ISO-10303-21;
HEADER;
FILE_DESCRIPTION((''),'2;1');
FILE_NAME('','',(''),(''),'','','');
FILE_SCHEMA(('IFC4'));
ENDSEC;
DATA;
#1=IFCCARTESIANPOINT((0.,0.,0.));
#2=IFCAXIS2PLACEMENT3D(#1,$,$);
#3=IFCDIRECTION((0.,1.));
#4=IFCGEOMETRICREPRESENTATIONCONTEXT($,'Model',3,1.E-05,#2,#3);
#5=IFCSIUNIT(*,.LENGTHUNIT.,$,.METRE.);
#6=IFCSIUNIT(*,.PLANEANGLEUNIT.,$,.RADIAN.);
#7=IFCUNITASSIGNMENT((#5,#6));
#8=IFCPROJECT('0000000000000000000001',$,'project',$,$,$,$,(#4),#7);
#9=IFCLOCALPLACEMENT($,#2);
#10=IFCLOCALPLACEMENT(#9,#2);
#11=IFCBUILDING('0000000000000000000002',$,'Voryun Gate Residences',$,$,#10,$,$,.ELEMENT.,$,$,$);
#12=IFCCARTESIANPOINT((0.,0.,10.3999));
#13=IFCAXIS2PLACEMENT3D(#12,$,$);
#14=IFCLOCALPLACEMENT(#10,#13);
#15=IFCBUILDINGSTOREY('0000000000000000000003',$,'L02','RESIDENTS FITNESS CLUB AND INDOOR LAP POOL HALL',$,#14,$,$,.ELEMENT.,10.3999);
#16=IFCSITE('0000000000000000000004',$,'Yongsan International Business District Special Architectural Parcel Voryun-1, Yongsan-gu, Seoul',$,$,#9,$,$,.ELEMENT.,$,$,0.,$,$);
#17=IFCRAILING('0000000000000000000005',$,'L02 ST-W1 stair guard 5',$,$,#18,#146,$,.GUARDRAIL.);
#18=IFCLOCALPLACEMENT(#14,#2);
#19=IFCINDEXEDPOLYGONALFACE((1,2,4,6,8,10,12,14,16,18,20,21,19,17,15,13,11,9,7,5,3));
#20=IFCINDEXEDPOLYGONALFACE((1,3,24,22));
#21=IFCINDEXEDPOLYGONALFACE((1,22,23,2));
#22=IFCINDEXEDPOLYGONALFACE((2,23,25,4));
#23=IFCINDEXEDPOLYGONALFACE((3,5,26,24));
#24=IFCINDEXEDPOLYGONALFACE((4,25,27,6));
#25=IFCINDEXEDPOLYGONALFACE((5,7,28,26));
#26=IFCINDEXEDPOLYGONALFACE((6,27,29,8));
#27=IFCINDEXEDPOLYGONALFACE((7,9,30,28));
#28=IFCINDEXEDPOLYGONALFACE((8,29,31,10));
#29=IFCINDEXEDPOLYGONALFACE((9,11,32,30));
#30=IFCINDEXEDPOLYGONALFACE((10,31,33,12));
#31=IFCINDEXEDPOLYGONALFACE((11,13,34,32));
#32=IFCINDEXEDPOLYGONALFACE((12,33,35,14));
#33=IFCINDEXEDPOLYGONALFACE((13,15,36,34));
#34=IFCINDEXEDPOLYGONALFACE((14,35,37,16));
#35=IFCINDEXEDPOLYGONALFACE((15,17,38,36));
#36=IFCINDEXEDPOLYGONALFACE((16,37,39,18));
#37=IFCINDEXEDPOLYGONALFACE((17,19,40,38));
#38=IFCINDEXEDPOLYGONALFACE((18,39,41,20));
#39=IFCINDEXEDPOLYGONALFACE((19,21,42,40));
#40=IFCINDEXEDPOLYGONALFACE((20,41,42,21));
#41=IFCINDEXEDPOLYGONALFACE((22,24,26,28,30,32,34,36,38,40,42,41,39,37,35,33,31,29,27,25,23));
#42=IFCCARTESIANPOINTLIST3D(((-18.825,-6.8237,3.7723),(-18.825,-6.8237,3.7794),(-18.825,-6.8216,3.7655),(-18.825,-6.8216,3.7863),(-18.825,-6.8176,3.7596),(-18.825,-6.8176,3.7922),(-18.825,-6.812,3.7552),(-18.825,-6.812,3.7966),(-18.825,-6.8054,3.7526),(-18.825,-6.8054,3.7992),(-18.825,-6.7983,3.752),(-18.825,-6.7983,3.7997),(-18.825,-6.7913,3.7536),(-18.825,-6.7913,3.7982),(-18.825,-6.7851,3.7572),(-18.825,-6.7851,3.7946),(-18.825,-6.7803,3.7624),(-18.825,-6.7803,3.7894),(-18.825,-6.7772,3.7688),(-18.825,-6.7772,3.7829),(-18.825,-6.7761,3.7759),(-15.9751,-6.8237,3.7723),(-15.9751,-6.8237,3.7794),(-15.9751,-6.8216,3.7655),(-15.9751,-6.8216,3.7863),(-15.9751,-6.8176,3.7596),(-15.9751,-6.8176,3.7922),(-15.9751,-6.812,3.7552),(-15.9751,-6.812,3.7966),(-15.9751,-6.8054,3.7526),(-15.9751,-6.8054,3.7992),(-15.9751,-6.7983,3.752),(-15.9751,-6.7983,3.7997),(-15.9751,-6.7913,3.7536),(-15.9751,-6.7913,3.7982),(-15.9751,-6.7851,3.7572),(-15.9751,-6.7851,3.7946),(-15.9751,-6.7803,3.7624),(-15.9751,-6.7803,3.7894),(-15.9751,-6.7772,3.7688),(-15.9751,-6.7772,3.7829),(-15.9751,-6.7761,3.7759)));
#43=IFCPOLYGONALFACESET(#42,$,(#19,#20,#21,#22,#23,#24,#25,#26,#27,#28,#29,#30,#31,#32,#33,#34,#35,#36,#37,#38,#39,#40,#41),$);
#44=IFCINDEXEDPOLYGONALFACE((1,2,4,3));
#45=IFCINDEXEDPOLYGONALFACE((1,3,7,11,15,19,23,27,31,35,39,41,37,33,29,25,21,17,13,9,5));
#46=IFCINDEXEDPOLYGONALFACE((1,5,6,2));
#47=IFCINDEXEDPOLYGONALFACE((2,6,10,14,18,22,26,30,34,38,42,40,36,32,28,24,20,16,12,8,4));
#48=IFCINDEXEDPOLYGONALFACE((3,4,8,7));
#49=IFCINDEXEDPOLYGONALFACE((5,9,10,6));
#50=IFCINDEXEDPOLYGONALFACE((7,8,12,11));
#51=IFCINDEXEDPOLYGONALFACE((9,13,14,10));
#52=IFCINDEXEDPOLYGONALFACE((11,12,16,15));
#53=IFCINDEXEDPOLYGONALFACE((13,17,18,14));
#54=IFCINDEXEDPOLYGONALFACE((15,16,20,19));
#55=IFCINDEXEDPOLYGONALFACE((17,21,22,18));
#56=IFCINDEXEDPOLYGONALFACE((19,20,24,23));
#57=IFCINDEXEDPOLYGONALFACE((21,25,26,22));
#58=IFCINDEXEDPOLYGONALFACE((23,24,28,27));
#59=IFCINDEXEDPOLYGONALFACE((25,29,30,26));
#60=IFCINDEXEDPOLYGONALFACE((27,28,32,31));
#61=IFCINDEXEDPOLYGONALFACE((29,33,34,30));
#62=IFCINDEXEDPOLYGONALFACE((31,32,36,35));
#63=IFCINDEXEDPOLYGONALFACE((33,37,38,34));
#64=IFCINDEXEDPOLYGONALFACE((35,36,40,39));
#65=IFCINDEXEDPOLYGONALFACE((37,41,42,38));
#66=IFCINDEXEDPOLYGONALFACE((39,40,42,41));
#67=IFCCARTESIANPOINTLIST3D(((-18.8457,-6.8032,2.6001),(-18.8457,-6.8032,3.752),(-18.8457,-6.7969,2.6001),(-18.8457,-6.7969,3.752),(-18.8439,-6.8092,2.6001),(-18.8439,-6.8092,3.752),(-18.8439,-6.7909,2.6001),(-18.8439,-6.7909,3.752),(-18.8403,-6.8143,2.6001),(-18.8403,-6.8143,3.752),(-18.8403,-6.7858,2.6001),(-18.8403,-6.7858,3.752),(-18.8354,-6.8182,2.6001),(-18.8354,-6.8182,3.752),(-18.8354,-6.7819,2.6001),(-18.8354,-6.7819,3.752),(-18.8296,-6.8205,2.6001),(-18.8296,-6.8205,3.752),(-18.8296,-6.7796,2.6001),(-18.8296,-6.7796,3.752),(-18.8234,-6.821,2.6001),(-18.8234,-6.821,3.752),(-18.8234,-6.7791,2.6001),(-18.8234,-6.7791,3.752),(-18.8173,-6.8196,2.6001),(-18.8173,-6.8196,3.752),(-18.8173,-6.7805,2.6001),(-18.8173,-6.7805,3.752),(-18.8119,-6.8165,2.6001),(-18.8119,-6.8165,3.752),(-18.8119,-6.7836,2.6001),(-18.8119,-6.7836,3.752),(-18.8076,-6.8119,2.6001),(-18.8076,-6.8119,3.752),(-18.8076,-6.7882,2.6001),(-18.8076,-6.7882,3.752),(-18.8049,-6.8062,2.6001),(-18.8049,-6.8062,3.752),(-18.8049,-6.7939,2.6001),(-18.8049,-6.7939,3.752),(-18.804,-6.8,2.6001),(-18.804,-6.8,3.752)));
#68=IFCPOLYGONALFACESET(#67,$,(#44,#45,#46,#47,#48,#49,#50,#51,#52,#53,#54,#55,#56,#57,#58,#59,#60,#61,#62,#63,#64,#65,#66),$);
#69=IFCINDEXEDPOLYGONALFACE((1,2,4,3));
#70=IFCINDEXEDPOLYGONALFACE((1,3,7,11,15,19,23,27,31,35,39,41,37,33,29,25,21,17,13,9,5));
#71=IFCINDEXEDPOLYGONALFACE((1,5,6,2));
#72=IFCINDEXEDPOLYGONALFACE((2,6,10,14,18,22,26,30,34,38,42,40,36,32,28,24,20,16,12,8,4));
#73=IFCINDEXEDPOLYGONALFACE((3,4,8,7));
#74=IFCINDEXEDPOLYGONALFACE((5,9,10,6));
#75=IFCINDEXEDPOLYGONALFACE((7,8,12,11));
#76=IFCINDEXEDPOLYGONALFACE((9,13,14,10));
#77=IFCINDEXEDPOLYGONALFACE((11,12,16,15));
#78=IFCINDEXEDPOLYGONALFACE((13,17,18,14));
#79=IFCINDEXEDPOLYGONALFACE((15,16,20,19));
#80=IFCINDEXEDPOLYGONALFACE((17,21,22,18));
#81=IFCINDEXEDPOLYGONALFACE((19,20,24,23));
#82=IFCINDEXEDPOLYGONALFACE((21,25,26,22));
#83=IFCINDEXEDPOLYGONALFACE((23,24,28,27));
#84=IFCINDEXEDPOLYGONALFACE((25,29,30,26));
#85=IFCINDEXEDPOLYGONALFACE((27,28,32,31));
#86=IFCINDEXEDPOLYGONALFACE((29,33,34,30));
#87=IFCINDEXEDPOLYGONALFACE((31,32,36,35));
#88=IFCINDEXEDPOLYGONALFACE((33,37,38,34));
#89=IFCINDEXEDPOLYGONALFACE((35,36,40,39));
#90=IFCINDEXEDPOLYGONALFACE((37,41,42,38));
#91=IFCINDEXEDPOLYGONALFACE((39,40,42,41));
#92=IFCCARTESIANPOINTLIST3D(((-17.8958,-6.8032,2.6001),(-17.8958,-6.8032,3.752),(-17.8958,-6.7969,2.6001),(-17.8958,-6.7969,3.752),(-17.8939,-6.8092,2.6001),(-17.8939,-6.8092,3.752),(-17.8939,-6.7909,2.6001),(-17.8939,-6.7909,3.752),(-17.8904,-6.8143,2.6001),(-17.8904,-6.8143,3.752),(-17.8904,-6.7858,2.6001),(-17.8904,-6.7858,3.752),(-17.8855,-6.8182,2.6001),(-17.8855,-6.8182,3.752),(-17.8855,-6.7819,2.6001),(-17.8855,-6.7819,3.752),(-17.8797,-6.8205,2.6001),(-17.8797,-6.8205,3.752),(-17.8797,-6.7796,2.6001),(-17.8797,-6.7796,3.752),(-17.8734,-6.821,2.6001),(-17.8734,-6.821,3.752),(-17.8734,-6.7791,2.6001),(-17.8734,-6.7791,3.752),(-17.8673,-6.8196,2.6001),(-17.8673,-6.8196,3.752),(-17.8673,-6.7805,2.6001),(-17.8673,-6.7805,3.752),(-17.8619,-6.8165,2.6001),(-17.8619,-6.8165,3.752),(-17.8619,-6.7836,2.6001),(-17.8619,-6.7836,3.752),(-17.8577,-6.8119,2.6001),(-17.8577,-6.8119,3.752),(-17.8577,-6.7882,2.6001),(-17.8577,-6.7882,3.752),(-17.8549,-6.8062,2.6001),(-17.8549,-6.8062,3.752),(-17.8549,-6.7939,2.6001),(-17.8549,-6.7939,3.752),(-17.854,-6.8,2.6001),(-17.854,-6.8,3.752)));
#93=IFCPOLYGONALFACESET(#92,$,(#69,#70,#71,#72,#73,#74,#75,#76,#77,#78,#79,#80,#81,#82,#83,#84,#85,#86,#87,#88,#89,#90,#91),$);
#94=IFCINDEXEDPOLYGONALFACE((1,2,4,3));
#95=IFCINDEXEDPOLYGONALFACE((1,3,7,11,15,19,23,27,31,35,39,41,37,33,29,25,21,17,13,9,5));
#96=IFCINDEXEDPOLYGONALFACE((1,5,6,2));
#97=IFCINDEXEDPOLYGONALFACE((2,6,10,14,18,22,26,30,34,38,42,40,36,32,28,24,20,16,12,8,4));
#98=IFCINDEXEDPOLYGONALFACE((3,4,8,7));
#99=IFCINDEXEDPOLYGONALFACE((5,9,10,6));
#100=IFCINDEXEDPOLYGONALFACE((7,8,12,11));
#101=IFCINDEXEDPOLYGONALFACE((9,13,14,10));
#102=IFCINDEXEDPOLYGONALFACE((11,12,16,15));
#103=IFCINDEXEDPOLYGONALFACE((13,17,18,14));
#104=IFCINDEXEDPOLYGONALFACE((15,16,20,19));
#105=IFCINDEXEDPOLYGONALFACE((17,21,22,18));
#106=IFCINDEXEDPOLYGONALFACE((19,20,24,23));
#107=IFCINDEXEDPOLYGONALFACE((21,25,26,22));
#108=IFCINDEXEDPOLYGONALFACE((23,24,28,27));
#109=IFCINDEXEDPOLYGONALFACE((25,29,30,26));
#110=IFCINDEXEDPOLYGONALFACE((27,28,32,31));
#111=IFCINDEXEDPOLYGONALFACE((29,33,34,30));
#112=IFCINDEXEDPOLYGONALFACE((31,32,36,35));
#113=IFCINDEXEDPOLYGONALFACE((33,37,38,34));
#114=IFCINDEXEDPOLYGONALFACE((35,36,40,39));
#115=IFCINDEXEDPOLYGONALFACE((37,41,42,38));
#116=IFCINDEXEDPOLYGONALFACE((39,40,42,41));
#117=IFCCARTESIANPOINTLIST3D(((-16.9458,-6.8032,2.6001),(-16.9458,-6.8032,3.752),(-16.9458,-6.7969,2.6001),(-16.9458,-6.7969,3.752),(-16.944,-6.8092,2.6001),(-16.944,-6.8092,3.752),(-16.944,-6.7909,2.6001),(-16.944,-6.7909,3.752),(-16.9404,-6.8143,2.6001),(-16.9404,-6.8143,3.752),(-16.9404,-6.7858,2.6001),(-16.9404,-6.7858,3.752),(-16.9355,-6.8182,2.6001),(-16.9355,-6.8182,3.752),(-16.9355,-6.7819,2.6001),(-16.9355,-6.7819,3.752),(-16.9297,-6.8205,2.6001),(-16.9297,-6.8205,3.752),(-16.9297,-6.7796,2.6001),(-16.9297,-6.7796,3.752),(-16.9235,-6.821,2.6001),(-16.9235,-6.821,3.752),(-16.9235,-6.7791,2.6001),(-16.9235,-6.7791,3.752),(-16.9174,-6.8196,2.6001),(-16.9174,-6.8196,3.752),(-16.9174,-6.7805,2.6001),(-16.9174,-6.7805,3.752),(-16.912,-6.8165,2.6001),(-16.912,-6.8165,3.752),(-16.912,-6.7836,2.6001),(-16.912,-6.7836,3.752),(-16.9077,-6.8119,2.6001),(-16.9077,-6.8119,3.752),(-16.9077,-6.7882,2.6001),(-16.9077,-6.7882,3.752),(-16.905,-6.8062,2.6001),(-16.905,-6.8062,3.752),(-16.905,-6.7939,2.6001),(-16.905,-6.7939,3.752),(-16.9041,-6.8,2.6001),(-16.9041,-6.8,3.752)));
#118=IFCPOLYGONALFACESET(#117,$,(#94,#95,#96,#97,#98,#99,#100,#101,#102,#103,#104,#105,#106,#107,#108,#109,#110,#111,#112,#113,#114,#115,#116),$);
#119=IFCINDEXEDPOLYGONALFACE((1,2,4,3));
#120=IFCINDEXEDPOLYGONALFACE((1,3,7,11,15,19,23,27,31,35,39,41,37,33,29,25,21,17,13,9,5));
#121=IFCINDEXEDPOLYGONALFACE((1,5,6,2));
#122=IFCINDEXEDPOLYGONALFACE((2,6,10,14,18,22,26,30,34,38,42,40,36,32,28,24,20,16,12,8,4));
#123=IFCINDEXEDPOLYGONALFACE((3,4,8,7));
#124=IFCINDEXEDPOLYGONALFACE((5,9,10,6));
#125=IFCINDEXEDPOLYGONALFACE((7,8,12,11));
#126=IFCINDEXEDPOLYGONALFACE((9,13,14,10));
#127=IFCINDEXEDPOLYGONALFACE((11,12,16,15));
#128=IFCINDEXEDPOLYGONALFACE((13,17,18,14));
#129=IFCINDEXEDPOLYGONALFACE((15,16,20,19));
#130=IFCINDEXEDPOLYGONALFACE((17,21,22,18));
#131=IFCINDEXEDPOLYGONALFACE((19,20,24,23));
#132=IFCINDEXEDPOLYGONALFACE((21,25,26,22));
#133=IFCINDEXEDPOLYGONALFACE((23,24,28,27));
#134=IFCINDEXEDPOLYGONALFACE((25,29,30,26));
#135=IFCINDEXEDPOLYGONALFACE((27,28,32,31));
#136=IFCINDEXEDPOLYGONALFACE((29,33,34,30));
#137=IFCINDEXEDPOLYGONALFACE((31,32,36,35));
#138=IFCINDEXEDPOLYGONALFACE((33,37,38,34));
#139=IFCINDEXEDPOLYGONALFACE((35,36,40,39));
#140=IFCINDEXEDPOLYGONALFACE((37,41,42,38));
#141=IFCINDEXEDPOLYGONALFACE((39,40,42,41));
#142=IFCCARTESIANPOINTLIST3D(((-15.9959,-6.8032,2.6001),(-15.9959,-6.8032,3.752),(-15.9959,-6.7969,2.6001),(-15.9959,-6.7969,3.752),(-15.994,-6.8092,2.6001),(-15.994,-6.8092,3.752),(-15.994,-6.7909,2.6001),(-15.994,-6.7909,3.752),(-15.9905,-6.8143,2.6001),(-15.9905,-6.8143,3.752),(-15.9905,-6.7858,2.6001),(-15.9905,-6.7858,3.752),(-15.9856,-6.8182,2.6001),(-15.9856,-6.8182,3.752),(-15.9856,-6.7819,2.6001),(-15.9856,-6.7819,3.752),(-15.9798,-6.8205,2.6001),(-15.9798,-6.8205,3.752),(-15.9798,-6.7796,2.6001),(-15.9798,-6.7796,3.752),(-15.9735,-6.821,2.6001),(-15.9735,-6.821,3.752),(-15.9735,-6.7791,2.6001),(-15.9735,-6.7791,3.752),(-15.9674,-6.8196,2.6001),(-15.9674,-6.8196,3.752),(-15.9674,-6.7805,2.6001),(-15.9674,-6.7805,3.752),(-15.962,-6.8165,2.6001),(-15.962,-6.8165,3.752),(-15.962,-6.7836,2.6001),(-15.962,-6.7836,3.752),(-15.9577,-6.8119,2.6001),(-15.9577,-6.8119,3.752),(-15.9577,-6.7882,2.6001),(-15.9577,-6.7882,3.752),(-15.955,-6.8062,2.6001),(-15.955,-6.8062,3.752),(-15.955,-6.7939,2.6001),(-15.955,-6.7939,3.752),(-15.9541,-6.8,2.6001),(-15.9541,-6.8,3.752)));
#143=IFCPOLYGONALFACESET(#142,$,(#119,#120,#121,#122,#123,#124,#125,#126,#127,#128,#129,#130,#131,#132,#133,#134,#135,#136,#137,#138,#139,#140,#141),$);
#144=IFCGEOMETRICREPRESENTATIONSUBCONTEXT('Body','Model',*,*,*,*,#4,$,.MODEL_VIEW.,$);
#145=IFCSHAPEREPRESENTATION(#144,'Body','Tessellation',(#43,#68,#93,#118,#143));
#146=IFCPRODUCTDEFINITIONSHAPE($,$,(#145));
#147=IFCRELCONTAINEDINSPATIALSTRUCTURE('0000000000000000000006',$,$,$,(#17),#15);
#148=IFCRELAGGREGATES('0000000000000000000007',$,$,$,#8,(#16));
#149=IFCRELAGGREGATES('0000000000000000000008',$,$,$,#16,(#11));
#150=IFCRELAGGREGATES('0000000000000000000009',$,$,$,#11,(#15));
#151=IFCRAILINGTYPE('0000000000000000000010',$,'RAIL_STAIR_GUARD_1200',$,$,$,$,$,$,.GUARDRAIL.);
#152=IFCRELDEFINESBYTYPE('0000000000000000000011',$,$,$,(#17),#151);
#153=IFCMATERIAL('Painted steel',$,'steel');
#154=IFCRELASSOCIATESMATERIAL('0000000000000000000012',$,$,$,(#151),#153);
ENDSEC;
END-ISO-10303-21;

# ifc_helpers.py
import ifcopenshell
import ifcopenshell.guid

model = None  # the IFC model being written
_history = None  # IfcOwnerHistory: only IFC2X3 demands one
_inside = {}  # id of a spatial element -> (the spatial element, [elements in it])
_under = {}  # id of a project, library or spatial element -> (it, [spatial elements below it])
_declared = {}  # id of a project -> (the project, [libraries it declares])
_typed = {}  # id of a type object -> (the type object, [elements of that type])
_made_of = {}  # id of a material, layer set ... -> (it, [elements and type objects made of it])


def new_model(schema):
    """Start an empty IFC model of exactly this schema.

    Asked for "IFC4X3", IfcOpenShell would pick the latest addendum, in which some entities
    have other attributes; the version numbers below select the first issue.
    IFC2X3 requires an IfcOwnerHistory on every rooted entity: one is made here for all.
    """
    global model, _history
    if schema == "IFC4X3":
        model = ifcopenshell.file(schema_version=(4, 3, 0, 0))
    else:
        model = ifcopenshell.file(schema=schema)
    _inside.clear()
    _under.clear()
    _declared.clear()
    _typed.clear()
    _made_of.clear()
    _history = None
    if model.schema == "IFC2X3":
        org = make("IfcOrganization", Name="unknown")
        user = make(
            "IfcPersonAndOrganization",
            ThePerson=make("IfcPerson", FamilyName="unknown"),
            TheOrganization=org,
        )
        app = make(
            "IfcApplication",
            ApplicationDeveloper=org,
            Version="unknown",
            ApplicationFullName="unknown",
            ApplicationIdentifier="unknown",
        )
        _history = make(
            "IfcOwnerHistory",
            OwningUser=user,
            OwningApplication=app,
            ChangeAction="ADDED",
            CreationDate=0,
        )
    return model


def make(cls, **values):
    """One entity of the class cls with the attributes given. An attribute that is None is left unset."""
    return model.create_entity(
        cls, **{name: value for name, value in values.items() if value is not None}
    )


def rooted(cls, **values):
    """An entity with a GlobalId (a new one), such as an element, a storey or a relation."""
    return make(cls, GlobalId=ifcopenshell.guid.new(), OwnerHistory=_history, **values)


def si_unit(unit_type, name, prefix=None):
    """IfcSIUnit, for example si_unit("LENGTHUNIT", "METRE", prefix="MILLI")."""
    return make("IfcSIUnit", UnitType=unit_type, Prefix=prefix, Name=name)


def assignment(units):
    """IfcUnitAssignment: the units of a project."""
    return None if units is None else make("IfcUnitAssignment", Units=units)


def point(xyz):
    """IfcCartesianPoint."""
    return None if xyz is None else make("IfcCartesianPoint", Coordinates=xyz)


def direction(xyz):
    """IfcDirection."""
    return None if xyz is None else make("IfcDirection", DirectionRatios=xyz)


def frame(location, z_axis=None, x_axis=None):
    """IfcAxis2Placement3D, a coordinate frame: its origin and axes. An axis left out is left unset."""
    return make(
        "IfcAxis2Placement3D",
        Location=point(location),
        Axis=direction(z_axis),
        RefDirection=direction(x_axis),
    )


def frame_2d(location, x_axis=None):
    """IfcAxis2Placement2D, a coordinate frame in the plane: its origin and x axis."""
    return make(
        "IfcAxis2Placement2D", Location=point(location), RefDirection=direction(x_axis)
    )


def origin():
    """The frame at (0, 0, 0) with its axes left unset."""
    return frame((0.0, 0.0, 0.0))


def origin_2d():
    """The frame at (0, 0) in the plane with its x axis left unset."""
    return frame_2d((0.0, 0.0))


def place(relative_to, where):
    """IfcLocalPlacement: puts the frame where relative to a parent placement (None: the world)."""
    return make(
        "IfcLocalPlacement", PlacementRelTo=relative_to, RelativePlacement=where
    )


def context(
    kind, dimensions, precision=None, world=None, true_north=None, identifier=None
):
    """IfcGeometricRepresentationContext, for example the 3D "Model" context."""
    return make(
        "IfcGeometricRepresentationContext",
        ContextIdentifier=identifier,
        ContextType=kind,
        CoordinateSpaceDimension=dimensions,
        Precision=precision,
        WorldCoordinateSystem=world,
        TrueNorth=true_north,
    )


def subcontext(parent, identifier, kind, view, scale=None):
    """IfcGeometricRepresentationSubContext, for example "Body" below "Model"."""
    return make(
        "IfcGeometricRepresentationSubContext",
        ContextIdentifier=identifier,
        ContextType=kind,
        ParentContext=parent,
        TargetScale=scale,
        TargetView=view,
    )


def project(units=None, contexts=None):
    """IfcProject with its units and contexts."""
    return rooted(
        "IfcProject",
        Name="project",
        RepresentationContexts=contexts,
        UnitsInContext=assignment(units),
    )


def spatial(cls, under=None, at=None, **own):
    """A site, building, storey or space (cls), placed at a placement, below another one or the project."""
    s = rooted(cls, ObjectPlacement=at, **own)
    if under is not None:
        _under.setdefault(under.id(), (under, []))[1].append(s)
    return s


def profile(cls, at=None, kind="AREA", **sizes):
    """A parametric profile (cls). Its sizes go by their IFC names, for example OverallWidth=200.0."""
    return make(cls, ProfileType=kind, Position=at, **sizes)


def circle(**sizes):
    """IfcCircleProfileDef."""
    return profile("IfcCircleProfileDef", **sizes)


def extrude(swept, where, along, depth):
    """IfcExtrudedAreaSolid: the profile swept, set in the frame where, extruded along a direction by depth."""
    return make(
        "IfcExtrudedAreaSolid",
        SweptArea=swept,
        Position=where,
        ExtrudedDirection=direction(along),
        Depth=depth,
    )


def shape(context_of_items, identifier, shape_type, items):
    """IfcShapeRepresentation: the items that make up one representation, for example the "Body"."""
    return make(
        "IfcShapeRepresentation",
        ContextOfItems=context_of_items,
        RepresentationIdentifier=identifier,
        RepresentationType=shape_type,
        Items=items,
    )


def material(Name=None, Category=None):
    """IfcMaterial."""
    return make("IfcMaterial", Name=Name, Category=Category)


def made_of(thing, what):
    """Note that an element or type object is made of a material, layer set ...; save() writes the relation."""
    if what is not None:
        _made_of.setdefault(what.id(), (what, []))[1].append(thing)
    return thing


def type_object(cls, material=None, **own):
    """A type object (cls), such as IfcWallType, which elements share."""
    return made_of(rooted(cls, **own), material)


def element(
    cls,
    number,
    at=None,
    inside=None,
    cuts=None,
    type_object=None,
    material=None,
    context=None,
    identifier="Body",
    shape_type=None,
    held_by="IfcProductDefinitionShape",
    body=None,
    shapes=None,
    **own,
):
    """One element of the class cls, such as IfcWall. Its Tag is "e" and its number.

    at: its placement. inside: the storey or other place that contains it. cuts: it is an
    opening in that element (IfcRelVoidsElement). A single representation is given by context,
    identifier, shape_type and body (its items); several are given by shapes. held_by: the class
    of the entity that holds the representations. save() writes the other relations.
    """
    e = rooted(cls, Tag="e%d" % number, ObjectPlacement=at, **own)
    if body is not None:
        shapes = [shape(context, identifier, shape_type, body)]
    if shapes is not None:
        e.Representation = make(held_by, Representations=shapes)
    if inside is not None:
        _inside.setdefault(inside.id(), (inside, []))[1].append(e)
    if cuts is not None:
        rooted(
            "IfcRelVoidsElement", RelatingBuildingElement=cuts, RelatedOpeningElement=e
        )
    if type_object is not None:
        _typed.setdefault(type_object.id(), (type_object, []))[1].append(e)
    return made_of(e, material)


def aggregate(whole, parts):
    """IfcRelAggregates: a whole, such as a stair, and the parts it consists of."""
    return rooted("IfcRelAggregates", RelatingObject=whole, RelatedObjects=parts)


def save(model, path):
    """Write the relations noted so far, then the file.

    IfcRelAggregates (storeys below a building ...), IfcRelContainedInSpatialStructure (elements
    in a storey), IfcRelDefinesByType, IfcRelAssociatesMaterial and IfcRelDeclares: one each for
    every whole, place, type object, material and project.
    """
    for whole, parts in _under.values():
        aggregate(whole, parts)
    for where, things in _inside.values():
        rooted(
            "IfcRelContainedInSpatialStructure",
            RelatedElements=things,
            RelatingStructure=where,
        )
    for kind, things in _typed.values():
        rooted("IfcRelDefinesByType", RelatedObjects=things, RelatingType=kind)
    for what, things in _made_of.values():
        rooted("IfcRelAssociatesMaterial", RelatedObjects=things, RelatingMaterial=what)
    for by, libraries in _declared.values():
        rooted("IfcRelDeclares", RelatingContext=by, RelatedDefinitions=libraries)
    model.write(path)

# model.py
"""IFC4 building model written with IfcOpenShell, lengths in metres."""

from ifc_helpers import new_model, si_unit, direction, frame, origin, origin_2d, place, context, subcontext, project, spatial, circle, extrude, material, type_object, element, save


model = new_model("IFC4")

# Units and contexts
model_context = context("Model", 3, precision=1e-05, world=origin(), true_north=direction((0.0, 1.0)))
body_context = subcontext(model_context, "Body", "Model", "MODEL_VIEW")
ifc_project = project(units=[si_unit("LENGTHUNIT", "METRE"), si_unit("PLANEANGLEUNIT", "RADIAN")], contexts=[model_context])

# Site, building, storey
site_placement = place(None, origin())
site = spatial("IfcSite", under=ifc_project, at=site_placement, Name="Yongsan International Business District Special Architectural Parcel Voryun-1, Yongsan-gu, Seoul", CompositionType="ELEMENT", RefElevation=0.0)
building_placement = place(site_placement, origin())
building = spatial("IfcBuilding", under=site, at=building_placement, Name="Voryun Gate Residences", CompositionType="ELEMENT")
storey_placement = place(building_placement, frame((0.0, 0.0, 10.3999)))
storey = spatial("IfcBuildingStorey", under=building, at=storey_placement, Name="L02", Description="RESIDENTS FITNESS CLUB AND INDOOR LAP POOL HALL", CompositionType="ELEMENT", Elevation=10.3999)

# Railing
ifc_material_1 = material(Name="Painted steel", Category="steel")
railing_type_1 = type_object("IfcRailingType", Name="RAIL_STAIR_GUARD_1200", PredefinedType="GUARDRAIL", material=ifc_material_1)
railing_1_placement = place(storey_placement, frame((-18.825, -6.8, 2.6001)))
element("IfcRailing", 1, at=railing_1_placement, inside=storey, type_object=railing_type_1, Name="L02 ST-W1 stair guard 5", PredefinedType="GUARDRAIL", context=body_context, shape_type="SweptSolid", body=[
    extrude(circle(Radius=0.0239, at=origin_2d()), frame((0.0, 0.0, 1.1758), z_axis=(1.0, 0.0, 0.0), x_axis=(0.0, 1.0, 0.0)), (0.0, 0.0, 1.0), 2.8499),
    extrude(circle(Radius=0.021, at=origin_2d()), origin(), (0.0, 0.0, 1.0), 1.1519),
    extrude(circle(Radius=0.021, at=origin_2d()), frame((0.95, 0.0, 0.0)), (0.0, 0.0, 1.0), 1.1519),
    extrude(circle(Radius=0.021, at=origin_2d()), frame((1.8999, 0.0, 0.0)), (0.0, 0.0, 1.0), 1.1519),
    extrude(circle(Radius=0.021, at=origin_2d()), frame((2.8499, 0.0, 0.0)), (0.0, 0.0, 1.0), 1.1519),
])

save(model, "model.ifc")
